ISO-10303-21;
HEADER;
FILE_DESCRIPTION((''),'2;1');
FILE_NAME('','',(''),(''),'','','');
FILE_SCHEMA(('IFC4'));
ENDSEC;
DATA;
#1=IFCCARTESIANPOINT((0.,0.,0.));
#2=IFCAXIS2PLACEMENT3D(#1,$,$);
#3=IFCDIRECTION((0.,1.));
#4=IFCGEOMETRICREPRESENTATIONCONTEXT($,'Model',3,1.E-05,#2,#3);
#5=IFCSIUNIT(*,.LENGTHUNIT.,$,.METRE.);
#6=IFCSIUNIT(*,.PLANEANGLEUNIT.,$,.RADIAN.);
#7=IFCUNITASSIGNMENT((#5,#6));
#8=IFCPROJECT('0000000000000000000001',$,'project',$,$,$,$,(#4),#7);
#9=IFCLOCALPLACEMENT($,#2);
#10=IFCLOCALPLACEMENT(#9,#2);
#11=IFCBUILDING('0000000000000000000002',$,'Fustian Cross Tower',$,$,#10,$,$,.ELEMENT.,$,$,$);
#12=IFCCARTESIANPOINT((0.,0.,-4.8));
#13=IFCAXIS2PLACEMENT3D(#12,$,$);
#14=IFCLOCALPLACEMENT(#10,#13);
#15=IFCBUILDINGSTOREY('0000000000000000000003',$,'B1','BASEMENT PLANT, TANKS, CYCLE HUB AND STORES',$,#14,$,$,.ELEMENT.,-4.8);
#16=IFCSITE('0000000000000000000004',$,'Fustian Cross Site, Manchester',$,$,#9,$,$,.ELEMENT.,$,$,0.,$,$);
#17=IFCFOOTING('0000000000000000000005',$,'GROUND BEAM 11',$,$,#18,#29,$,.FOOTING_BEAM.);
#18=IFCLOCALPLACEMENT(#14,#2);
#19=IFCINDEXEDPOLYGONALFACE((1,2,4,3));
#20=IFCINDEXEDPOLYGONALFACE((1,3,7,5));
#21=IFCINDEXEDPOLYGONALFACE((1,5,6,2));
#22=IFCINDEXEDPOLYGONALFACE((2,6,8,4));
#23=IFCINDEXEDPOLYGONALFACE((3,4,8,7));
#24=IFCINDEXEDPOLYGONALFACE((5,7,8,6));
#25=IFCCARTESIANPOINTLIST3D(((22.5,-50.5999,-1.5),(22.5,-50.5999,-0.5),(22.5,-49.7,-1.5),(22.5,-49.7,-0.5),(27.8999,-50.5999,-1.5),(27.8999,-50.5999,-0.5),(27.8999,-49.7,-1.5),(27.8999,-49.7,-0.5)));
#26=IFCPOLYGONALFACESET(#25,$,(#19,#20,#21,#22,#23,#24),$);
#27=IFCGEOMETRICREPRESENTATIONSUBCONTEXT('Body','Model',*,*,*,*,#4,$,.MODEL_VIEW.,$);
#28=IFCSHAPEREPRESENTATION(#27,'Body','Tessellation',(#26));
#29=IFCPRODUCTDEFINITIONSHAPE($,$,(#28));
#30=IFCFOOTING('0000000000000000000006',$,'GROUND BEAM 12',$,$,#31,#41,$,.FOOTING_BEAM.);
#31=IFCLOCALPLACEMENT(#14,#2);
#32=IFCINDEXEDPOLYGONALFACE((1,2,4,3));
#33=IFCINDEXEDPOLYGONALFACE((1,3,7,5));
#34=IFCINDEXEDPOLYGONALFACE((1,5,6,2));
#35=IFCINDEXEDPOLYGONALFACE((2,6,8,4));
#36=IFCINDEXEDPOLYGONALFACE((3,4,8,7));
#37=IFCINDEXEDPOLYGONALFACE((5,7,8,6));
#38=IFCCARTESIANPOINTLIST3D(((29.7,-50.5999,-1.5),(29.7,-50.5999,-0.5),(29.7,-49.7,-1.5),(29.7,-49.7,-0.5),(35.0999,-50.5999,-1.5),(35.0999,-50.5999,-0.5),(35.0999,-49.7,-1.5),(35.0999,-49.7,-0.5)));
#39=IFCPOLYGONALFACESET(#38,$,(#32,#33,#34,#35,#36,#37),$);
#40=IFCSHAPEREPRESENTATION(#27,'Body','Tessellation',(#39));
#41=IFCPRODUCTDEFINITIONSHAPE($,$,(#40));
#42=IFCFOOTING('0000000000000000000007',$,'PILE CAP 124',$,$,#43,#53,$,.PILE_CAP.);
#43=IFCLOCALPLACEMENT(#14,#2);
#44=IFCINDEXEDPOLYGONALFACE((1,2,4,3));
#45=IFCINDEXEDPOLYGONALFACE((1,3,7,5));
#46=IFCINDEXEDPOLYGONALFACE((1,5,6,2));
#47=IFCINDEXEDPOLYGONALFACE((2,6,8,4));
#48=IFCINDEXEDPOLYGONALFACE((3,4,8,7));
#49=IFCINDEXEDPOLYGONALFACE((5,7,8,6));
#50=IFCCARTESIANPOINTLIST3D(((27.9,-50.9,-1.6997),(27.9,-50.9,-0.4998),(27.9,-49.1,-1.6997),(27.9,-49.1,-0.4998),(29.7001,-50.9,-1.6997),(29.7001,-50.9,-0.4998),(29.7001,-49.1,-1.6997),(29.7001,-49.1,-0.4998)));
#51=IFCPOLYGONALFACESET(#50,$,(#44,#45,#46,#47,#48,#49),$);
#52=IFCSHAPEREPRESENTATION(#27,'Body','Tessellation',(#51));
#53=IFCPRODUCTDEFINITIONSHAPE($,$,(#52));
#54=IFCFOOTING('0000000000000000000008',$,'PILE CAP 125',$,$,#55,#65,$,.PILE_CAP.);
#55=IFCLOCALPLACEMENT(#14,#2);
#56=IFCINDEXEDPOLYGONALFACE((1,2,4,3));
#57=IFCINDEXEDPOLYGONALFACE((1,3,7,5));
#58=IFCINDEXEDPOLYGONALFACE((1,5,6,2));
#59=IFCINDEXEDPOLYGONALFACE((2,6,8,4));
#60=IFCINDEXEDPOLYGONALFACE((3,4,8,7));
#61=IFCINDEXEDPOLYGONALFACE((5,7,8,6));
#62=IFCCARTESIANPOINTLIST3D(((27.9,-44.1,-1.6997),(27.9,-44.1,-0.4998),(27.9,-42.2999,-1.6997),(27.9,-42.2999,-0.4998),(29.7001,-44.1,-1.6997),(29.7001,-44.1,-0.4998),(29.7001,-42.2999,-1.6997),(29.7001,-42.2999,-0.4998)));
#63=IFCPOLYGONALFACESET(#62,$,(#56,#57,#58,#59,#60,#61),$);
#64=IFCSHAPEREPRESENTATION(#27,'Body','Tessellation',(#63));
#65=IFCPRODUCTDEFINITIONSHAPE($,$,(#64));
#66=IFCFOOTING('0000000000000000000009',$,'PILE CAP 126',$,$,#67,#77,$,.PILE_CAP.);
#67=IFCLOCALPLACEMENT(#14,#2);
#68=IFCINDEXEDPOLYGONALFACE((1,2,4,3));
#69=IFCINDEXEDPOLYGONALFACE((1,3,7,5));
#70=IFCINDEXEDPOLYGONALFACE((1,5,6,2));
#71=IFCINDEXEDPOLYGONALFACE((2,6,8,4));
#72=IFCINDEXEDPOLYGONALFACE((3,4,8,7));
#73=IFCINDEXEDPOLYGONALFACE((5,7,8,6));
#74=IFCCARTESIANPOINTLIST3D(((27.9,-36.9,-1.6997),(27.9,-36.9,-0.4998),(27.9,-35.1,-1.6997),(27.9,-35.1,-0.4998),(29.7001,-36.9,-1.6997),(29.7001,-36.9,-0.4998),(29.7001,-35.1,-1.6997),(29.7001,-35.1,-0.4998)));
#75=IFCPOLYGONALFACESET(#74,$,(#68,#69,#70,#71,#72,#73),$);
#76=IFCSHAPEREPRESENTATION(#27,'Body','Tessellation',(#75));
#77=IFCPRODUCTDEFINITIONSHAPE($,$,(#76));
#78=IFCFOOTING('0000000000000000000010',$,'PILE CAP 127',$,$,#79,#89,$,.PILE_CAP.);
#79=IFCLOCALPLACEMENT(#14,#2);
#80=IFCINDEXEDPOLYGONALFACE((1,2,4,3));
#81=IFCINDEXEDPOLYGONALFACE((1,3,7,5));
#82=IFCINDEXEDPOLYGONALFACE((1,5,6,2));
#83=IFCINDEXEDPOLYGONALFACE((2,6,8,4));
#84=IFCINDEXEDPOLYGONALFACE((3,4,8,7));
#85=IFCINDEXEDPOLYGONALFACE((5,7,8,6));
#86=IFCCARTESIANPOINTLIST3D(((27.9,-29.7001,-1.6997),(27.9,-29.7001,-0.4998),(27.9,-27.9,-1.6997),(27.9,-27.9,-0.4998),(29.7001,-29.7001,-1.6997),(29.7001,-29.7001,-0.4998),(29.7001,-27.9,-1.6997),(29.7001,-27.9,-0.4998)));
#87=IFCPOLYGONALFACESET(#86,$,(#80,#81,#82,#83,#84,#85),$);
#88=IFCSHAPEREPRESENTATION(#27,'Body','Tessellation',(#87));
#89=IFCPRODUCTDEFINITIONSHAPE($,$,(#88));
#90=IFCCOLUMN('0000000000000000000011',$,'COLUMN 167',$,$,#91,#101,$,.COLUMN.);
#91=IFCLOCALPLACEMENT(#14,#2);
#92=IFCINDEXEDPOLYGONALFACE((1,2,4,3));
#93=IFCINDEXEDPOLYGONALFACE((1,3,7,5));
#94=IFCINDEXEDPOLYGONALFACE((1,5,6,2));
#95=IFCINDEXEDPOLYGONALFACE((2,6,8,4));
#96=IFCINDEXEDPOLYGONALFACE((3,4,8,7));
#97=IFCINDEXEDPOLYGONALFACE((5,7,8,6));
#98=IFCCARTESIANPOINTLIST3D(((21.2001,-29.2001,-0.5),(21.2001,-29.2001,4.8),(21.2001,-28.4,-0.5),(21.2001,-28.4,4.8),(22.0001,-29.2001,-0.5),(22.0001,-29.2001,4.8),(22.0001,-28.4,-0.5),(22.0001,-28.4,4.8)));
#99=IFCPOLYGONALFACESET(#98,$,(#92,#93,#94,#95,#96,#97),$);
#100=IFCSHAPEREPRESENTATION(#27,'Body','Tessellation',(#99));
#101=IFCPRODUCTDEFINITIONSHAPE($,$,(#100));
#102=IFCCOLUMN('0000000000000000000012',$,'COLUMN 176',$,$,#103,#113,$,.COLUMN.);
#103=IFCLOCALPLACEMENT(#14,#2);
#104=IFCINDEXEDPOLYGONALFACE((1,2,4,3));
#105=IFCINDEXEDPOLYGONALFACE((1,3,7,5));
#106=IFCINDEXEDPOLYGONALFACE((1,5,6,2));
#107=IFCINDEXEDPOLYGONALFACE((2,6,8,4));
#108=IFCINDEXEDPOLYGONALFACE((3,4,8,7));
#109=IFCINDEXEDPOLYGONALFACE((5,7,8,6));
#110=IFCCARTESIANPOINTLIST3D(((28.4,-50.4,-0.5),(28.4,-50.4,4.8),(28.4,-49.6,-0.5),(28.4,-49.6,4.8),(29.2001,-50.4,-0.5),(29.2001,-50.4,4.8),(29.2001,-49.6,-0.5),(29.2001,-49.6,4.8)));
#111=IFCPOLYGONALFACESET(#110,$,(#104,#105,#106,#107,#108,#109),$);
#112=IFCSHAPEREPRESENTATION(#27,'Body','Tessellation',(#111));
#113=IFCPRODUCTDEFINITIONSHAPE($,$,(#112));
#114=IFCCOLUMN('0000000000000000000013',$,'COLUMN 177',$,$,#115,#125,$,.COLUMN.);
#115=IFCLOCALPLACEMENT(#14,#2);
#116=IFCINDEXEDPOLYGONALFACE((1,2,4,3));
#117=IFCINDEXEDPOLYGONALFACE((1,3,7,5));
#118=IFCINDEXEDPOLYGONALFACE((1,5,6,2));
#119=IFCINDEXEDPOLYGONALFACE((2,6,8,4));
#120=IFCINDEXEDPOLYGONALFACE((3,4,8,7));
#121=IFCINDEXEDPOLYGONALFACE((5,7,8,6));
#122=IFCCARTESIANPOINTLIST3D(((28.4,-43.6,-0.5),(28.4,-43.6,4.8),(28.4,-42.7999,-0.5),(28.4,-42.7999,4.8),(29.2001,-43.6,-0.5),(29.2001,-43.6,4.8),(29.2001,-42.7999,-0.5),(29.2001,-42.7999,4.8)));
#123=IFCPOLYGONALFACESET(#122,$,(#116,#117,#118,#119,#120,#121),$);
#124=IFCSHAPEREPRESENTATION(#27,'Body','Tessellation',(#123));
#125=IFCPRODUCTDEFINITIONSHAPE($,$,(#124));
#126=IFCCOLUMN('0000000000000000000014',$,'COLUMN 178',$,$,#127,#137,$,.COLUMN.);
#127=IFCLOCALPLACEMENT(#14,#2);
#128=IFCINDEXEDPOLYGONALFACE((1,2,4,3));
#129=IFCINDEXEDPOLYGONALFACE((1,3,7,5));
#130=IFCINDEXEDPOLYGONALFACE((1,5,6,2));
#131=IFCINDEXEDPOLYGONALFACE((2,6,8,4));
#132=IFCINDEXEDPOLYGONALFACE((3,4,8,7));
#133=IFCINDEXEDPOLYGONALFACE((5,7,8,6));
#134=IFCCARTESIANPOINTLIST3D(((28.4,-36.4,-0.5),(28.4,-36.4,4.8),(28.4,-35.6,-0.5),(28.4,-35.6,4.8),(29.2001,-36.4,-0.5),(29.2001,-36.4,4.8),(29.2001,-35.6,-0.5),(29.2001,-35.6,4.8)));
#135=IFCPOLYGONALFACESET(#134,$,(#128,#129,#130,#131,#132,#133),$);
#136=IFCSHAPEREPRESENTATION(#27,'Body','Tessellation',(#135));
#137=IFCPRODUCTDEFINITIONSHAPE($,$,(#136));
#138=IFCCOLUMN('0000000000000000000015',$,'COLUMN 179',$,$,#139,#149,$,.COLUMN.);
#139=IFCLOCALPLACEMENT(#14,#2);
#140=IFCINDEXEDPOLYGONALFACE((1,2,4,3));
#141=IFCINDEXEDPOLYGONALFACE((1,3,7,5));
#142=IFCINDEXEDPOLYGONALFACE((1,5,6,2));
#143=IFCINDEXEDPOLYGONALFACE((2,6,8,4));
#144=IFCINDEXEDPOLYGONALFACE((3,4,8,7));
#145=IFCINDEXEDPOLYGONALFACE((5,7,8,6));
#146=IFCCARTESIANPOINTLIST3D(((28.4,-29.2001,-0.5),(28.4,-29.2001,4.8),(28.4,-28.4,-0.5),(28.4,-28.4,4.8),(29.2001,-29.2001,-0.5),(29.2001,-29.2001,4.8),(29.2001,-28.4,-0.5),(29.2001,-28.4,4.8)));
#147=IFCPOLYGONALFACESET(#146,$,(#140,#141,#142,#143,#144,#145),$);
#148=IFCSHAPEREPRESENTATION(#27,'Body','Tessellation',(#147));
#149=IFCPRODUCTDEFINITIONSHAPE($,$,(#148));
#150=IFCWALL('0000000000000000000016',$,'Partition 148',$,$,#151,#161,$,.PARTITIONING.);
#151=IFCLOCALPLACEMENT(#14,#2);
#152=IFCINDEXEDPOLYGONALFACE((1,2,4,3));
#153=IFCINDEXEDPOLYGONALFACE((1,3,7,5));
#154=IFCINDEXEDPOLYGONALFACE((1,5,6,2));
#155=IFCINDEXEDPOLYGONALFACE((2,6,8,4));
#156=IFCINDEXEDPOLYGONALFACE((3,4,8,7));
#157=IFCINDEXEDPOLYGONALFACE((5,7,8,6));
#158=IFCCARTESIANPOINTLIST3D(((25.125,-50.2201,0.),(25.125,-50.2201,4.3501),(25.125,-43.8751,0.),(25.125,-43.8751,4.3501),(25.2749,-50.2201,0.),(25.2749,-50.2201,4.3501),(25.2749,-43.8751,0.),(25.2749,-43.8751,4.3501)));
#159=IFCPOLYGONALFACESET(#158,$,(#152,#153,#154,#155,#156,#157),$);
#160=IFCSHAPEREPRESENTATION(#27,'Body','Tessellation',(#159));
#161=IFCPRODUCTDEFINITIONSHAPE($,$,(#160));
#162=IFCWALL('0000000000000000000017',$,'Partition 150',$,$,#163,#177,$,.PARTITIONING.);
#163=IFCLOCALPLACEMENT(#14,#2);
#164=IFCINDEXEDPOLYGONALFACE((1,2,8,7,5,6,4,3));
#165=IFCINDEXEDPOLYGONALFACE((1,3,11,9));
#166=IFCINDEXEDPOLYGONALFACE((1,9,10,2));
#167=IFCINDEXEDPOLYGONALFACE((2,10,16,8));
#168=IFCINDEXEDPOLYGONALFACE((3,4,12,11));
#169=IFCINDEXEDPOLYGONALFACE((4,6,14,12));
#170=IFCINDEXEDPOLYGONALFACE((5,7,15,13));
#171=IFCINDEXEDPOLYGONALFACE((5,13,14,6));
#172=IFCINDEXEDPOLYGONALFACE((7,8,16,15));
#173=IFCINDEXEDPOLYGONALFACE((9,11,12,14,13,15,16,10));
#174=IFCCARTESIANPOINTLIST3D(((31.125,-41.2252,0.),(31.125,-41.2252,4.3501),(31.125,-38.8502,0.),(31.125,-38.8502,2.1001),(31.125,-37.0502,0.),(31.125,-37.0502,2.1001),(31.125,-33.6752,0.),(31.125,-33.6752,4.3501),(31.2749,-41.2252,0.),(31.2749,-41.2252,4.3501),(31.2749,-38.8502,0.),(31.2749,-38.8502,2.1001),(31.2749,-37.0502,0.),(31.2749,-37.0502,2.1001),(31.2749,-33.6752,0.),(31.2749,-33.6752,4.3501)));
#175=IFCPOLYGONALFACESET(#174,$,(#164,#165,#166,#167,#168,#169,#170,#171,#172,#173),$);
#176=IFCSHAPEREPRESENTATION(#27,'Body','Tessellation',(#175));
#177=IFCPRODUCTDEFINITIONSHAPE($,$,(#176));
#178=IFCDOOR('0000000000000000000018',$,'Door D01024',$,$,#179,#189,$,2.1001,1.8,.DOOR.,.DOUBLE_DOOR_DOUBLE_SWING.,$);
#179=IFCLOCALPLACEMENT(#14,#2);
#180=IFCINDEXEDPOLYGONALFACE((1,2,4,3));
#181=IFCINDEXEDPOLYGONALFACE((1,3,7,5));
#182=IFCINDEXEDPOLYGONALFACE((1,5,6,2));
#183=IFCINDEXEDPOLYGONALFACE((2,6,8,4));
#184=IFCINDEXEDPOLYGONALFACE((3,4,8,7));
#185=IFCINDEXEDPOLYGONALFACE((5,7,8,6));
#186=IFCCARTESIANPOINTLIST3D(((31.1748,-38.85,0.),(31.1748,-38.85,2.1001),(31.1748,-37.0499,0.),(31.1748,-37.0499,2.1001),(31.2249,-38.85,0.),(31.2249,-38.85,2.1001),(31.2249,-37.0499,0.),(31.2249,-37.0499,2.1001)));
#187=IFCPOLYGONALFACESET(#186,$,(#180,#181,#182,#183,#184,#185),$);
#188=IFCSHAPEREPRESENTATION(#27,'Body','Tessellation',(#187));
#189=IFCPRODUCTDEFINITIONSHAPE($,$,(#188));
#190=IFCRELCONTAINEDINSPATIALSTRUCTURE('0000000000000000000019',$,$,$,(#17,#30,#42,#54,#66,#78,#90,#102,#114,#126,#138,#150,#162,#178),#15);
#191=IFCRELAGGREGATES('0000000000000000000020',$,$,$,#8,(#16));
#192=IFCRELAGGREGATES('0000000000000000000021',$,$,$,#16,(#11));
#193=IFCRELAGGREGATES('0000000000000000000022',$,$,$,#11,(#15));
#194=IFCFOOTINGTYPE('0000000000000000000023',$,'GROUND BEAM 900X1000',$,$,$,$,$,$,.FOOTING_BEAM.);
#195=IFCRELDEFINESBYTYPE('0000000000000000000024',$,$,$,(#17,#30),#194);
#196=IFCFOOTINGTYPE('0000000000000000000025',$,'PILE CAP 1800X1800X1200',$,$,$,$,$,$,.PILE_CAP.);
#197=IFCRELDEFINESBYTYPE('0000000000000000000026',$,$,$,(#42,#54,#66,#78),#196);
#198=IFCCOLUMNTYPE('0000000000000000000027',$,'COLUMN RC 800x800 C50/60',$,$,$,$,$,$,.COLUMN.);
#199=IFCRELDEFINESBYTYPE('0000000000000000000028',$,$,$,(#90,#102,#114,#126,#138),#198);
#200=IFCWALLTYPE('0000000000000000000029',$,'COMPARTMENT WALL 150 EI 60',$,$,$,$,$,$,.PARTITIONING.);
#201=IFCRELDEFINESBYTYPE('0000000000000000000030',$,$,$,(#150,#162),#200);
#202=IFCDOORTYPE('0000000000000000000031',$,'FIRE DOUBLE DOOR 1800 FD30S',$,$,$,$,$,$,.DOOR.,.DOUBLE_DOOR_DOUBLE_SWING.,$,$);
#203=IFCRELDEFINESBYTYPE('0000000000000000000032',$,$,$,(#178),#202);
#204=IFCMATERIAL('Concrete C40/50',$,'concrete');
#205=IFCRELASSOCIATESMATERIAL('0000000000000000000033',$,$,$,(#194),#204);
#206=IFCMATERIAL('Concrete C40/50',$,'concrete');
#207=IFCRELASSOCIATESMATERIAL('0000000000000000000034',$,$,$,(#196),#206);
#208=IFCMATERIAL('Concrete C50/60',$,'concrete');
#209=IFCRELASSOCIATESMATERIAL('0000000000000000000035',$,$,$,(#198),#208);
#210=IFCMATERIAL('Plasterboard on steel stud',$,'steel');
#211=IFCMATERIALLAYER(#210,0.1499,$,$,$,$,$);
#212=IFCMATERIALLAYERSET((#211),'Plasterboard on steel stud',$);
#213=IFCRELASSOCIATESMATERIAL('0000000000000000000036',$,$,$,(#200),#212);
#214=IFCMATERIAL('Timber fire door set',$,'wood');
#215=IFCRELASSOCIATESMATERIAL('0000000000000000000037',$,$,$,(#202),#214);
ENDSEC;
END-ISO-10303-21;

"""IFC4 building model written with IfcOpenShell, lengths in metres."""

from ifc_helpers import new_model, si_unit, direction, frame, frame_2d, origin, origin_2d, place, context, subcontext, project, spatial, rectangle, extrude, material, layer, layer_set, material_profile, profile_set, type_object, element, fill, save


model = new_model("IFC4")

# Units and contexts
model_context = context("Model", 3, precision=1e-05, world=origin(), true_north=direction((0.0, 1.0)))
body_context = subcontext(model_context, "Body", "Model", "MODEL_VIEW")
ifc_project = project(units=[si_unit("LENGTHUNIT", "METRE"), si_unit("PLANEANGLEUNIT", "RADIAN")], contexts=[model_context])

# Site, building, storey
site_placement = place(None, origin())
site = spatial("IfcSite", under=ifc_project, at=site_placement, Name="Fustian Cross Site, Manchester", CompositionType="ELEMENT", RefElevation=0.0)
building_placement = place(site_placement, origin())
building = spatial("IfcBuilding", under=site, at=building_placement, Name="Fustian Cross Tower", CompositionType="ELEMENT")
storey_placement = place(building_placement, frame((0.0, 0.0, -4.8)))
storey = spatial("IfcBuildingStorey", under=building, at=storey_placement, Name="B1", Description="BASEMENT PLANT, TANKS, CYCLE HUB AND STORES", CompositionType="ELEMENT", Elevation=-4.8)

# Footings
ifc_material_1 = material(Name="Concrete C40/50", Category="concrete")
footing_type_1 = type_object("IfcFootingType", Name="GROUND BEAM 900X1000", PredefinedType="FOOTING_BEAM", material=ifc_material_1)
for number, where, z_axis, x_axis, name in (
    (1, (25.2, -50.1499, -1.5), (0.0, 0.0, 1.0), (1.0, 0.0, 0.0), "GROUND BEAM 11"),
    (2, (32.3999, -50.1499, -1.5), (0.0, 0.0, 1.0), (1.0, 0.0, 0.0), "GROUND BEAM 12"),
):
    element("IfcFooting", number, at=place(storey_placement, frame(where, z_axis=z_axis, x_axis=x_axis)), inside=storey, type_object=footing_type_1, Name=name, PredefinedType="FOOTING_BEAM", context=body_context, shape_type="SweptSolid", body=[
        extrude(rectangle(XDim=5.3999, YDim=0.8999, at=origin_2d()), origin(), (0.0, 0.0, 1.0), 1.0),
    ])
ifc_material_2 = material(Name="Concrete C40/50", Category="concrete")
footing_type_2 = type_object("IfcFootingType", Name="PILE CAP 1800X1800X1200", PredefinedType="PILE_CAP", material=ifc_material_2)
for number, where, z_axis, x_axis, name in (
    (3, (28.8, -50.0, -1.6997), (0.0, 0.0, 1.0), (1.0, 0.0, 0.0), "PILE CAP 124"),
    (4, (28.8, -43.2, -1.6997), (0.0, 0.0, 1.0), (1.0, 0.0, 0.0), "PILE CAP 125"),
    (5, (28.8, -36.0, -1.6997), (0.0, 0.0, 1.0), (1.0, 0.0, 0.0), "PILE CAP 126"),
    (6, (28.8, -28.8, -1.6997), (0.0, 0.0, 1.0), (1.0, 0.0, 0.0), "PILE CAP 127"),
):
    element("IfcFooting", number, at=place(storey_placement, frame(where, z_axis=z_axis, x_axis=x_axis)), inside=storey, type_object=footing_type_2, Name=name, PredefinedType="PILE_CAP", context=body_context, shape_type="SweptSolid", body=[
        extrude(rectangle(XDim=1.8, YDim=1.8, at=origin_2d()), origin(), (0.0, 0.0, 1.0), 1.2),
    ])

# Columns
ifc_material_3 = material(Name="Concrete C50/60", Category="concrete")
ifc_material_profile_1 = material_profile(ifc_material_3, rectangle(XDim=0.8, YDim=0.8, at=origin_2d()), Name="RC 800x800")
ifc_profile_set_1 = profile_set([ifc_material_profile_1], Name="Concrete C50/60")
column_type = type_object("IfcColumnType", Name="COLUMN RC 800x800 C50/60", PredefinedType="COLUMN", material=ifc_profile_set_1)
for number, where, z_axis, x_axis, name in (
    (7, (21.6001, -28.8, -0.5), (0.0, 0.0, 1.0), (1.0, 0.0, 0.0), "COLUMN 167"),
    (8, (28.8, -50.0, -0.5), (0.0, 0.0, 1.0), (1.0, 0.0, 0.0), "COLUMN 176"),
    (9, (28.8, -43.2, -0.5), (0.0, 0.0, 1.0), (1.0, 0.0, 0.0), "COLUMN 177"),
    (10, (28.8, -36.0, -0.5), (0.0, 0.0, 1.0), (1.0, 0.0, 0.0), "COLUMN 178"),
    (11, (28.8, -28.8, -0.5), (0.0, 0.0, 1.0), (1.0, 0.0, 0.0), "COLUMN 179"),
):
    element("IfcColumn", number, at=place(storey_placement, frame(where, z_axis=z_axis, x_axis=x_axis)), inside=storey, type_object=column_type, Name=name, PredefinedType="COLUMN", context=body_context, shape_type="SweptSolid", body=[
        extrude(rectangle(XDim=0.8, YDim=0.8, at=origin_2d()), origin(), (0.0, 0.0, 1.0), 5.3),
    ])

# Wall
ifc_material_4 = material(Name="Plasterboard on steel stud", Category="steel")
ifc_layer = layer(ifc_material_4, 0.1499)
ifc_layer_set = layer_set([ifc_layer], Name="Plasterboard on steel stud")
wall_type = type_object("IfcWallType", Name="COMPARTMENT WALL 150 EI 60", PredefinedType="PARTITIONING", material=ifc_layer_set)
wall_1_placement = place(storey_placement, frame((25.2, -50.22, 0.0), z_axis=(0.0, 0.0, 1.0), x_axis=(0.0, 1.0, 0.0)))
element("IfcWall", 12, at=wall_1_placement, inside=storey, type_object=wall_type, Name="Partition 148", PredefinedType="PARTITIONING", context=body_context, shape_type="SweptSolid", body=[
    extrude(rectangle(XDim=6.345, YDim=0.1499, at=frame_2d((3.1724, 0.0))), origin(), (0.0, 0.0, 1.0), 4.3501),
])

# Wall, opening, door
wall_2_placement = place(storey_placement, frame((31.2, -41.2251, 0.0), z_axis=(0.0, 0.0, 1.0), x_axis=(0.0, 1.0, 0.0)))
wall_2 = element("IfcWall", 13, at=wall_2_placement, inside=storey, type_object=wall_type, Name="Partition 150", PredefinedType="PARTITIONING", context=body_context, shape_type="SweptSolid", body=[
    extrude(rectangle(XDim=7.55, YDim=0.1499, at=frame_2d((3.7749, 0.0))), origin(), (0.0, 0.0, 1.0), 4.3501),
])
opening_1_placement = place(wall_2_placement, frame((2.375, 0.0, 0.0)))
opening_1 = element("IfcOpeningElement", 14, at=opening_1_placement, cuts=wall_2, PredefinedType="OPENING", context=body_context, shape_type="SweptSolid", body=[
    extrude(rectangle(XDim=1.8, YDim=2.1001, at=frame_2d((0.8999, 1.05))), frame((0.0, 0.085, 0.0), z_axis=(0.0, -1.0, 0.0), x_axis=(1.0, 0.0, 0.0)), (0.0, 0.0, 1.0), 0.1699),
])
ifc_material_5 = material(Name="Timber fire door set", Category="wood")
door_type = type_object("IfcDoorType", Name="FIRE DOUBLE DOOR 1800 FD30S", OperationType="DOUBLE_DOOR_DOUBLE_SWING", PredefinedType="DOOR", material=ifc_material_5)
door_1_placement = place(opening_1_placement, frame((1.8, 0.0, 0.0), z_axis=(0.0, 0.0, 1.0), x_axis=(-1.0, 0.0, 0.0)))
door_1 = element("IfcDoor", 15, at=door_1_placement, inside=storey, type_object=door_type, Name="Door D01024", OperationType="DOUBLE_DOOR_DOUBLE_SWING", OverallHeight=2.1001, OverallWidth=1.8, PredefinedType="DOOR", context=body_context, shape_type="SweptSolid", body=[
    extrude(rectangle(XDim=1.8, YDim=2.1001, at=frame_2d((0.8999, 1.05))), frame((0.0, 0.0249, 0.0), z_axis=(0.0, -1.0, 0.0), x_axis=(1.0, 0.0, 0.0)), (0.0, 0.0, 1.0), 0.05),
])
fill(opening_1, door_1)

save(model, "model.ifc")
